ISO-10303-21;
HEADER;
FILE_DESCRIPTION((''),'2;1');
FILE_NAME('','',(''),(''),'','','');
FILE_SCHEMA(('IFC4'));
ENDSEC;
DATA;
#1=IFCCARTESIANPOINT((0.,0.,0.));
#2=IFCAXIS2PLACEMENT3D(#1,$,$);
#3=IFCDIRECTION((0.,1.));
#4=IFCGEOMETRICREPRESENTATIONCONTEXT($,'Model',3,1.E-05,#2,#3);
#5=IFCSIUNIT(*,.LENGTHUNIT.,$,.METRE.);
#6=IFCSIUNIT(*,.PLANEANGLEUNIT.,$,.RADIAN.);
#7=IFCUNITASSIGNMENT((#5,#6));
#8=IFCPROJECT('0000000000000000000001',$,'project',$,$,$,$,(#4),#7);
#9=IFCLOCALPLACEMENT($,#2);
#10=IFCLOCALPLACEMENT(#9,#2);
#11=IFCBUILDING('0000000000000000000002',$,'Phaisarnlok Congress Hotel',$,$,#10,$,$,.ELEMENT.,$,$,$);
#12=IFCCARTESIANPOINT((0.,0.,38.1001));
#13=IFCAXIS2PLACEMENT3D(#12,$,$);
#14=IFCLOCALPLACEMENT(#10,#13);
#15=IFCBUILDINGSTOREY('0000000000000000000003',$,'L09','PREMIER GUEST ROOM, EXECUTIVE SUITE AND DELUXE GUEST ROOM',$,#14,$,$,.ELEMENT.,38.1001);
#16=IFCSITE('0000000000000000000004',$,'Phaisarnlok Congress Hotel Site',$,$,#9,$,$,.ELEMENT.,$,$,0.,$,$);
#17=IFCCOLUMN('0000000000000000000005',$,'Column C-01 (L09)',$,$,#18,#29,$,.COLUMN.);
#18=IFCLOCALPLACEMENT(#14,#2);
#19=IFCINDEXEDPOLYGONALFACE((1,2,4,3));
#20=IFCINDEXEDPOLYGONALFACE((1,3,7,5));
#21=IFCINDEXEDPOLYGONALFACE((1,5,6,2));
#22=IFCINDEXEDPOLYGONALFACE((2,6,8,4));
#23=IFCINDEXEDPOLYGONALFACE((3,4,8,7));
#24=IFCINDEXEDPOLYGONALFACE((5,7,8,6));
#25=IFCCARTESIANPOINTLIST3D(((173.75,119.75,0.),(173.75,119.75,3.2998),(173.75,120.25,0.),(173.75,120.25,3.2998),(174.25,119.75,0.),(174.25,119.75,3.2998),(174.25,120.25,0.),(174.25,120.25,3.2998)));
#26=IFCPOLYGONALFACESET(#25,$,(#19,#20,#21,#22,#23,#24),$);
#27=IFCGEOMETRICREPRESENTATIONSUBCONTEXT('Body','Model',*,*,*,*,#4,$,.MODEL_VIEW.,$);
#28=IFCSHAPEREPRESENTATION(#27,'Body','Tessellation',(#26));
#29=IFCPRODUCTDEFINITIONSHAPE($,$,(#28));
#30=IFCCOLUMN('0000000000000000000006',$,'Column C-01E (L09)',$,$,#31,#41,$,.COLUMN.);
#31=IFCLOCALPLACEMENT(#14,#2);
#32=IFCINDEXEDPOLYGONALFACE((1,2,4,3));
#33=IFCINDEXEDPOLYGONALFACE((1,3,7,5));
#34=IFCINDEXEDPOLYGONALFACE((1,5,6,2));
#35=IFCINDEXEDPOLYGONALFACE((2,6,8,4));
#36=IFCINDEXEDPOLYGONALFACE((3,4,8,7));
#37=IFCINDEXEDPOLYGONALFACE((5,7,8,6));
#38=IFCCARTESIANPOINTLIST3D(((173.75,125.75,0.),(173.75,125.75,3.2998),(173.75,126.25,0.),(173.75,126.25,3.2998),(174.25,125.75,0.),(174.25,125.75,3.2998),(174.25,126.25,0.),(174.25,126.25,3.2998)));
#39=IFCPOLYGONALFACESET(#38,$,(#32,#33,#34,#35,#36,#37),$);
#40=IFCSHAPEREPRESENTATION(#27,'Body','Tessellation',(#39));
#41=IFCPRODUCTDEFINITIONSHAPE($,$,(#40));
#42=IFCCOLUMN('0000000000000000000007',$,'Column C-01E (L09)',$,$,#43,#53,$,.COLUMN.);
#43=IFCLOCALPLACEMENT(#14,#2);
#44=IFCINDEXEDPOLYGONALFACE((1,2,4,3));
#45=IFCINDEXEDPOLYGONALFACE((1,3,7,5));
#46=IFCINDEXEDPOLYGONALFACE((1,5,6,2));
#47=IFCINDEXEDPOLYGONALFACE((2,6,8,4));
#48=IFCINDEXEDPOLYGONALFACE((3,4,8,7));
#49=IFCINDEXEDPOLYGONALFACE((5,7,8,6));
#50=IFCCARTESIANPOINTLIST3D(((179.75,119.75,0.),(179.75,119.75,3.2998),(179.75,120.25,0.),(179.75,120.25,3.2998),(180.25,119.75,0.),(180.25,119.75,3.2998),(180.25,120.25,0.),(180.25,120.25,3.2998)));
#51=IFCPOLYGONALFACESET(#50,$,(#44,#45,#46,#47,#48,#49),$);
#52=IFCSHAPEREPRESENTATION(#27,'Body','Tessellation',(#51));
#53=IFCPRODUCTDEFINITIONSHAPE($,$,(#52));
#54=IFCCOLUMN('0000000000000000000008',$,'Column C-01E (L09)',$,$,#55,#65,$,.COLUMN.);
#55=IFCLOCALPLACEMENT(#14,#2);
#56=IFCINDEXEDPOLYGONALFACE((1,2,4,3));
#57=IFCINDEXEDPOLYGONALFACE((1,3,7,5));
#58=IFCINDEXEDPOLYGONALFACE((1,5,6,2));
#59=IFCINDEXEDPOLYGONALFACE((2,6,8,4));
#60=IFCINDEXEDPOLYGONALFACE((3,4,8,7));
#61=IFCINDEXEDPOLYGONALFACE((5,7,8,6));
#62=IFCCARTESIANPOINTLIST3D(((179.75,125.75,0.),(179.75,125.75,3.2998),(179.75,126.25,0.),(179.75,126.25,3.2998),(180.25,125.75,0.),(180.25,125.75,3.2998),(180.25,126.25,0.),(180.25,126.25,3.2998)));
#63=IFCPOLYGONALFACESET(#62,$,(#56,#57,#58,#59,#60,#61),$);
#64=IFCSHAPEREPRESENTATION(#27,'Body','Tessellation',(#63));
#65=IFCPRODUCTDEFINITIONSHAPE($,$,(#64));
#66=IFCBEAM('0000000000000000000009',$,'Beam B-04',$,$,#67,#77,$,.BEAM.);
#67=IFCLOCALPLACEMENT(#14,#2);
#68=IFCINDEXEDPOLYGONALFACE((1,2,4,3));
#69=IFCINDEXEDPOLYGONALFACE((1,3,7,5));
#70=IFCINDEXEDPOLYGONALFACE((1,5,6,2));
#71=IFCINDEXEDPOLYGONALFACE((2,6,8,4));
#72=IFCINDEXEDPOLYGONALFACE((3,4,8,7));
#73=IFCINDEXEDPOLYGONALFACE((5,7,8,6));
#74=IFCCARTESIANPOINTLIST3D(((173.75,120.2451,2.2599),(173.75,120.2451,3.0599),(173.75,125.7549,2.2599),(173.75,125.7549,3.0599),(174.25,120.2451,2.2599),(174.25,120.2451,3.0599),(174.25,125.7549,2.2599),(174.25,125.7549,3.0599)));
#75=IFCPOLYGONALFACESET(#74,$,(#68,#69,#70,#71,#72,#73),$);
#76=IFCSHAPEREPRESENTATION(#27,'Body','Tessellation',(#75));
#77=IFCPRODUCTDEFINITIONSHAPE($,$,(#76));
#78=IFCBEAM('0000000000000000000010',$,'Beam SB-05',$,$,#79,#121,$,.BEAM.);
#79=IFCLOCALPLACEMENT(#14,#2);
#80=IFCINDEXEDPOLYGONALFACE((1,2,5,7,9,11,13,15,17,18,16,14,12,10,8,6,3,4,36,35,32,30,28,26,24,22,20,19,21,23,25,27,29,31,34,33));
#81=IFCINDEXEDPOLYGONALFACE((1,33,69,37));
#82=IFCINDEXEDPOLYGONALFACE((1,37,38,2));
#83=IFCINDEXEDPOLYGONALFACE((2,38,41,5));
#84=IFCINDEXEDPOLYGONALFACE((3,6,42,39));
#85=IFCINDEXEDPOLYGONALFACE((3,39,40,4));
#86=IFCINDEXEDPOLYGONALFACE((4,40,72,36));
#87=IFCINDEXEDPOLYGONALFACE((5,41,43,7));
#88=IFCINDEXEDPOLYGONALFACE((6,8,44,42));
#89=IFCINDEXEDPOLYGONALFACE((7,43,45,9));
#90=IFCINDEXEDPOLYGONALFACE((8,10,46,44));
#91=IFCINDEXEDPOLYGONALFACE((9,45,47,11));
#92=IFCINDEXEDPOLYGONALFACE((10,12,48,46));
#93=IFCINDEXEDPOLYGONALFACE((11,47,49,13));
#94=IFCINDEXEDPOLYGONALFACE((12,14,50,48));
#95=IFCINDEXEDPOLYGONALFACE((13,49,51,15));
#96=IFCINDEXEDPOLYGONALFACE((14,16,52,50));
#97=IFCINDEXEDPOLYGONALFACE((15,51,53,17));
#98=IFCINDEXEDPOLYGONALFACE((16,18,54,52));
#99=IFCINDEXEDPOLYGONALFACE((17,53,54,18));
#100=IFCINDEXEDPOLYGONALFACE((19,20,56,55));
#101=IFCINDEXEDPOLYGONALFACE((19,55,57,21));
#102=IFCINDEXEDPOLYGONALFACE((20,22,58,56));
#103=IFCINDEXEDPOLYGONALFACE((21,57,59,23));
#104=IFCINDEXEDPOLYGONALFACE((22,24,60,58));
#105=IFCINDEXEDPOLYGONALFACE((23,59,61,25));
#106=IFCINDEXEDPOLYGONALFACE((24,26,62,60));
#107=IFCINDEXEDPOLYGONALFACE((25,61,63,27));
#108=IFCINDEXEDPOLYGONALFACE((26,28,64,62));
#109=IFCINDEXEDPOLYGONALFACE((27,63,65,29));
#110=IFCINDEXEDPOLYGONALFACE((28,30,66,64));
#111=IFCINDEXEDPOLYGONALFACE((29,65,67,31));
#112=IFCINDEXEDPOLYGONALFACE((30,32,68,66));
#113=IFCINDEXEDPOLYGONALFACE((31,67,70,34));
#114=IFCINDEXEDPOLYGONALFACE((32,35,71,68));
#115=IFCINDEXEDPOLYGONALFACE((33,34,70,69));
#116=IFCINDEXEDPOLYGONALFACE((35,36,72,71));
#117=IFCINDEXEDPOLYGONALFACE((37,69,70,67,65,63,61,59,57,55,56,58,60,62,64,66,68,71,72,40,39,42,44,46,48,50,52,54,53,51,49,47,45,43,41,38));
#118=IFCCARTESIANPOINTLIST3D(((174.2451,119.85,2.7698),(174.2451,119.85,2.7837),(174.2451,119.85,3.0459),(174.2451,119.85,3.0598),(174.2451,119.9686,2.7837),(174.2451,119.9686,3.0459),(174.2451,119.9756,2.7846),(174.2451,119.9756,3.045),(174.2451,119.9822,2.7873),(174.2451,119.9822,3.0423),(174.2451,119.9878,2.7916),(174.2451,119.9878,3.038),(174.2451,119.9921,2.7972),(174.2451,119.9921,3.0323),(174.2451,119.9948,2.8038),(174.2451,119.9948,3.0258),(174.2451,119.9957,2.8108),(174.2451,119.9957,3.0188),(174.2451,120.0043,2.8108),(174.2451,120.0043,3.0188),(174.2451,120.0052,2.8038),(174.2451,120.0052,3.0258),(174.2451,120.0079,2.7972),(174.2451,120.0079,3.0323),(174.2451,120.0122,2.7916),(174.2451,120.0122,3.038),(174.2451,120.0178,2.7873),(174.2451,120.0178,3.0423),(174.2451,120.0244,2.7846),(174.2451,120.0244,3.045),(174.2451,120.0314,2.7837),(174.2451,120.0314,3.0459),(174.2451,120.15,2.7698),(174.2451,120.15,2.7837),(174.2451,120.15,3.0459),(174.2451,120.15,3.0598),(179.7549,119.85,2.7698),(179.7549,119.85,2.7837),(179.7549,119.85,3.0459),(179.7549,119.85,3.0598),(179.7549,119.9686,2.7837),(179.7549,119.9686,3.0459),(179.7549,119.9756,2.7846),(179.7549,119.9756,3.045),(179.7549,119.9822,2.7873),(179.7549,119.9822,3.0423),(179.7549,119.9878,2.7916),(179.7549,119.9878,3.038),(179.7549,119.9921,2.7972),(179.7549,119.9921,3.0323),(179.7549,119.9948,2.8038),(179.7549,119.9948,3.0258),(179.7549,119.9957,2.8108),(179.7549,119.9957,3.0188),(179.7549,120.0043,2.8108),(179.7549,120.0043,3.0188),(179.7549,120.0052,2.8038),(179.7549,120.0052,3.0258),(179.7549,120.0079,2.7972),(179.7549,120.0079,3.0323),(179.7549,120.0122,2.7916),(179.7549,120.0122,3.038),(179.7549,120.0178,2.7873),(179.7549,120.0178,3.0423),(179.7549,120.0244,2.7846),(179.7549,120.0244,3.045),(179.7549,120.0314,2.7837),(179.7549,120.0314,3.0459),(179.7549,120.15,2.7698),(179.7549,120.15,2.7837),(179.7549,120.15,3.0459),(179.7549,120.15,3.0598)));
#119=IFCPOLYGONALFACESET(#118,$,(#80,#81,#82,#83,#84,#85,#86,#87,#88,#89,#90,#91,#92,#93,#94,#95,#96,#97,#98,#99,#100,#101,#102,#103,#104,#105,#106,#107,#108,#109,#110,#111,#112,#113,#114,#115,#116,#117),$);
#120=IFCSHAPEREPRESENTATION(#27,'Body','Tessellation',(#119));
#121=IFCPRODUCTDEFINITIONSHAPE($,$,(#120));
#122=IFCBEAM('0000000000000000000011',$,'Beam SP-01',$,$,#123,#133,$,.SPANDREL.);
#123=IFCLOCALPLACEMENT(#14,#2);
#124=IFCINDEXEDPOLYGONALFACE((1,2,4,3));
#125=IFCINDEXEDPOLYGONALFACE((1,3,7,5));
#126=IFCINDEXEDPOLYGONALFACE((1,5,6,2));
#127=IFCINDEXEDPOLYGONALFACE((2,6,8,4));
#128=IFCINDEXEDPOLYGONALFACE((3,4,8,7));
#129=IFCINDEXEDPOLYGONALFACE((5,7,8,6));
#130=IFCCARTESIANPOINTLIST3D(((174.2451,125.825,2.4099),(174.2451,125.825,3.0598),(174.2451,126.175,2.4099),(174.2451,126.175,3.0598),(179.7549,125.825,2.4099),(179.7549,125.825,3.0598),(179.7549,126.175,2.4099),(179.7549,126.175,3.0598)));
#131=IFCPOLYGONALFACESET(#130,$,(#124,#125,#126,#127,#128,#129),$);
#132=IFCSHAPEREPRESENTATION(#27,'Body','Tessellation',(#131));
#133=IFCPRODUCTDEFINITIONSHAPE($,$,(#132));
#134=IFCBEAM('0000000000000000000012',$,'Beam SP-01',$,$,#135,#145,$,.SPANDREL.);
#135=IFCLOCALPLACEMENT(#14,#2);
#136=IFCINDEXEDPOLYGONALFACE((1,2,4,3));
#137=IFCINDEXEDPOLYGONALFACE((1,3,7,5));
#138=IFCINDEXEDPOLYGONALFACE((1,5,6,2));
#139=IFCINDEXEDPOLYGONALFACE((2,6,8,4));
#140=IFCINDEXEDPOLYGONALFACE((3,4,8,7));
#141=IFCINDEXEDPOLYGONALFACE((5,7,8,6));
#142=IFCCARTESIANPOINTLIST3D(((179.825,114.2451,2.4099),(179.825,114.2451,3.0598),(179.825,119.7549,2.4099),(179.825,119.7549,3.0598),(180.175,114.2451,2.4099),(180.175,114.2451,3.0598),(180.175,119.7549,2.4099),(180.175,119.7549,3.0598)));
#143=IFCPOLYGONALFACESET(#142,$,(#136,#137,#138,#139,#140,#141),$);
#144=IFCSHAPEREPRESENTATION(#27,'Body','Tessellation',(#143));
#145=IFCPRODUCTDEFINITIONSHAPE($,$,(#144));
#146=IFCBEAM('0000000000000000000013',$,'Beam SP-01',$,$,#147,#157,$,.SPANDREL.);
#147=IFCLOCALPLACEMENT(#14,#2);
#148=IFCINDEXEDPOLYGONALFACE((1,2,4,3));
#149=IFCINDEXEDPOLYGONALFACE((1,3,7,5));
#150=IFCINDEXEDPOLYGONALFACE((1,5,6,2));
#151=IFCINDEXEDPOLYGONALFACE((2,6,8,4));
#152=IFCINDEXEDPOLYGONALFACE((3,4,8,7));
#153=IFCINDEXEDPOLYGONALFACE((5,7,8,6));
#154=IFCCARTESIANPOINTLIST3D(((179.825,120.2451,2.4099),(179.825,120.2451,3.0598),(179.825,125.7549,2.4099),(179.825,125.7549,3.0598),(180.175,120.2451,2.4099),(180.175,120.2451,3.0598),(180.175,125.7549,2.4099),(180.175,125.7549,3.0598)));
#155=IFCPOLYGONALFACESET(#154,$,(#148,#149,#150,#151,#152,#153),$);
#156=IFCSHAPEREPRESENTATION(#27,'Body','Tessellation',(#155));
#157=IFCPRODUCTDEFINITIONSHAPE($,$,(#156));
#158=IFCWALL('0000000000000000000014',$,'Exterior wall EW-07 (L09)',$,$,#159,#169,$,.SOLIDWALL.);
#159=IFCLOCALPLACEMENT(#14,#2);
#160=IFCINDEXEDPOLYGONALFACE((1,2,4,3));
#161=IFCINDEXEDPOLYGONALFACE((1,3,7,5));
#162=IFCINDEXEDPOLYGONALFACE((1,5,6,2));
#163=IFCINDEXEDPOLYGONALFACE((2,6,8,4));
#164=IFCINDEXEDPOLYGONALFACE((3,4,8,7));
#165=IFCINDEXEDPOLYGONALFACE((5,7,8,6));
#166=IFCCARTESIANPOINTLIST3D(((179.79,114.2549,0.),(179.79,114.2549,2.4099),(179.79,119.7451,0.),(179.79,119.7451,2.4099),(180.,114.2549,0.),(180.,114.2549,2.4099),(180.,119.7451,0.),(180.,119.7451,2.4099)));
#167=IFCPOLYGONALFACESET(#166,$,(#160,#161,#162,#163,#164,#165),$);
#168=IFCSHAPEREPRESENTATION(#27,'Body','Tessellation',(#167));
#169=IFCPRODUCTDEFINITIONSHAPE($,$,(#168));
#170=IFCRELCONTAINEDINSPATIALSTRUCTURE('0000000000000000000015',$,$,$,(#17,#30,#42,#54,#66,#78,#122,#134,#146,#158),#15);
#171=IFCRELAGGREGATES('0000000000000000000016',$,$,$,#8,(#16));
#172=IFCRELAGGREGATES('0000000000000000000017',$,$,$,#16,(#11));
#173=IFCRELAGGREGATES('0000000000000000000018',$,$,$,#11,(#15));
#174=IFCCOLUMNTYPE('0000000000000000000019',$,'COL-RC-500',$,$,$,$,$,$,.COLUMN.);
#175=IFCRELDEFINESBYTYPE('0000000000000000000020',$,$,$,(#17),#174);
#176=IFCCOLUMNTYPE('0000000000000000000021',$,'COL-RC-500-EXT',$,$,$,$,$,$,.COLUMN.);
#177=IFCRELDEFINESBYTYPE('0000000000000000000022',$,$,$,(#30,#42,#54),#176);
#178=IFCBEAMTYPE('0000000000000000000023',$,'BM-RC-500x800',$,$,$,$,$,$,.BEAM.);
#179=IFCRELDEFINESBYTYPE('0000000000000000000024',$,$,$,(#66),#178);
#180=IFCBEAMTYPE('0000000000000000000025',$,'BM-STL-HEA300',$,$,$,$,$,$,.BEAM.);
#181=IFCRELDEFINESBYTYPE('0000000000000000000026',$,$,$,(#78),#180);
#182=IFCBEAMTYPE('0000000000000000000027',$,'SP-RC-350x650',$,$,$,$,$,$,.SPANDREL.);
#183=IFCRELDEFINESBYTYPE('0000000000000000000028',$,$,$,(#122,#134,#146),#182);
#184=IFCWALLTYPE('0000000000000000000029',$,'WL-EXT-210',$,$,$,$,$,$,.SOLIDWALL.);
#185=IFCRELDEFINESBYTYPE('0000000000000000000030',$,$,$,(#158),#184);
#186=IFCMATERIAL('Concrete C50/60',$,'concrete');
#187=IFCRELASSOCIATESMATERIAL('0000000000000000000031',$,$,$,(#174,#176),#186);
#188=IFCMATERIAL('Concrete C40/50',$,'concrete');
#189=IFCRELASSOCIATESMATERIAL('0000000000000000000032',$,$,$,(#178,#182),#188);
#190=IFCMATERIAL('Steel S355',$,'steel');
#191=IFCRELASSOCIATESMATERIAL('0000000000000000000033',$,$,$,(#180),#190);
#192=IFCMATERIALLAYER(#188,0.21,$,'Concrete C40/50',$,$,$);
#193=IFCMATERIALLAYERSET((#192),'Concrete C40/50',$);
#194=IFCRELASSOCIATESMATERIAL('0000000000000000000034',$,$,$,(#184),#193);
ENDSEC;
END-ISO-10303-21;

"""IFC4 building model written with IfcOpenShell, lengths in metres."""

from ifc_helpers import new_model, si_unit, direction, frame, frame_2d, origin, origin_2d, place, context, subcontext, project, spatial, rectangle, i_section, extrude, material, layer, layer_set, material_profile, profile_set, type_object, element, save


model = new_model("IFC4")

# Units and contexts
model_context = context("Model", 3, precision=1e-05, world=origin(), true_north=direction((0.0, 1.0)))
body_context = subcontext(model_context, "Body", "Model", "MODEL_VIEW")
ifc_project = project(units=[si_unit("LENGTHUNIT", "METRE"), si_unit("PLANEANGLEUNIT", "RADIAN")], contexts=[model_context])

# Site, building, storey
site_placement = place(None, origin())
site = spatial("IfcSite", under=ifc_project, at=site_placement, Name="Phaisarnlok Congress Hotel Site", CompositionType="ELEMENT", RefElevation=0.0)
building_placement = place(site_placement, origin())
building = spatial("IfcBuilding", under=site, at=building_placement, Name="Phaisarnlok Congress Hotel", CompositionType="ELEMENT")
storey_placement = place(building_placement, frame((0.0, 0.0, 38.1001)))
storey = spatial("IfcBuildingStorey", under=building, at=storey_placement, Name="L09", Description="PREMIER GUEST ROOM, EXECUTIVE SUITE AND DELUXE GUEST ROOM", CompositionType="ELEMENT", Elevation=38.1001)

# Columns
ifc_material_1 = material(Name="Concrete C50/60", Category="concrete")
ifc_material_profile_1 = material_profile(ifc_material_1, rectangle(XDim=0.5, YDim=0.5, at=origin_2d()), Name="RC 500x500")
ifc_profile_set_1 = profile_set([ifc_material_profile_1], Name="Concrete C50/60")
column_type_1 = type_object("IfcColumnType", Name="COL-RC-500", PredefinedType="COLUMN", material=ifc_profile_set_1)
column_placement = place(storey_placement, frame((174.0, 120.0, 0.0), z_axis=(0.0, 0.0, 1.0), x_axis=(1.0, 0.0, 0.0)))
element("IfcColumn", 1, at=column_placement, inside=storey, type_object=column_type_1, Name="Column C-01 (L09)", PredefinedType="COLUMN", context=body_context, shape_type="SweptSolid", body=[
    extrude(rectangle(XDim=0.5, YDim=0.5, at=origin_2d()), origin(), (0.0, 0.0, 1.0), 3.2998),
])
ifc_material_profile_2 = material_profile(ifc_material_1, rectangle(XDim=0.5, YDim=0.5, at=origin_2d()), Name="RC 500x500")
ifc_profile_set_2 = profile_set([ifc_material_profile_2], Name="Concrete C50/60")
column_type_2 = type_object("IfcColumnType", Name="COL-RC-500-EXT", PredefinedType="COLUMN", material=ifc_profile_set_2)
for number, where, z_axis, x_axis, name in (
    (2, (174.0, 126.0, 0.0), (0.0, 0.0, 1.0), (1.0, 0.0, 0.0), "Column C-01E (L09)"),
    (3, (180.0, 120.0, 0.0), (0.0, 0.0, 1.0), (1.0, 0.0, 0.0), "Column C-01E (L09)"),
    (4, (180.0, 126.0, 0.0), (0.0, 0.0, 1.0), (1.0, 0.0, 0.0), "Column C-01E (L09)"),
):
    element("IfcColumn", number, at=place(storey_placement, frame(where, z_axis=z_axis, x_axis=x_axis)), inside=storey, type_object=column_type_2, Name=name, PredefinedType="COLUMN", context=body_context, shape_type="SweptSolid", body=[
        extrude(rectangle(XDim=0.5, YDim=0.5, at=origin_2d()), origin(), (0.0, 0.0, 1.0), 3.2998),
    ])

# Beams
ifc_material_2 = material(Name="Concrete C40/50", Category="concrete")
ifc_material_profile_3 = material_profile(ifc_material_2, rectangle(XDim=0.5, YDim=0.8, at=origin_2d()), Name="RC 500x800")
ifc_profile_set_3 = profile_set([ifc_material_profile_3], Name="Concrete C40/50")
beam_type_1 = type_object("IfcBeamType", Name="BM-RC-500x800", PredefinedType="BEAM", material=ifc_profile_set_3)
beam_1_placement = place(storey_placement, frame((174.0, 120.2451, 2.6599), z_axis=(0.0, 1.0, 0.0), x_axis=(-1.0, 0.0, 0.0)))
element("IfcBeam", 5, at=beam_1_placement, inside=storey, type_object=beam_type_1, Name="Beam B-04", PredefinedType="BEAM", context=body_context, shape_type="SweptSolid", body=[
    extrude(rectangle(XDim=0.5, YDim=0.8, at=origin_2d()), origin(), (0.0, 0.0, 1.0), 5.5098),
])
ifc_material_3 = material(Name="Steel S355", Category="steel")
ifc_material_profile_4 = material_profile(ifc_material_3, i_section(OverallWidth=0.3, OverallDepth=0.29, WebThickness=0.0085, FlangeThickness=0.0139, FilletRadius=0.0271, at=origin_2d()), Name="HEA 300")
ifc_profile_set_4 = profile_set([ifc_material_profile_4], Name="Steel S355")
beam_type_2 = type_object("IfcBeamType", Name="BM-STL-HEA300", PredefinedType="BEAM", material=ifc_profile_set_4)
beam_2_placement = place(storey_placement, frame((174.2451, 120.0, 2.9148), z_axis=(1.0, 0.0, 0.0), x_axis=(0.0, 1.0, 0.0)))
element("IfcBeam", 6, at=beam_2_placement, inside=storey, type_object=beam_type_2, Name="Beam SB-05", PredefinedType="BEAM", context=body_context, shape_type="SweptSolid", body=[
    extrude(i_section(OverallWidth=0.3, OverallDepth=0.29, WebThickness=0.0085, FlangeThickness=0.0139, FilletRadius=0.0271, at=origin_2d()), origin(), (0.0, 0.0, 1.0), 5.5098),
])
ifc_material_profile_5 = material_profile(ifc_material_2, rectangle(XDim=0.3501, YDim=0.6499, at=origin_2d()), Name="RC 350x650")
ifc_profile_set_5 = profile_set([ifc_material_profile_5], Name="Concrete C40/50")
beam_type_3 = type_object("IfcBeamType", Name="SP-RC-350x650", PredefinedType="SPANDREL", material=ifc_profile_set_5)
for number, where, z_axis, x_axis, name in (
    (7, (174.2451, 126.0, 2.7349), (1.0, 0.0, 0.0), (0.0, 1.0, 0.0), "Beam SP-01"),
    (8, (180.0, 114.2451, 2.7349), (0.0, 1.0, 0.0), (-1.0, 0.0, 0.0), "Beam SP-01"),
    (9, (180.0, 120.2451, 2.7349), (0.0, 1.0, 0.0), (-1.0, 0.0, 0.0), "Beam SP-01"),
):
    element("IfcBeam", number, at=place(storey_placement, frame(where, z_axis=z_axis, x_axis=x_axis)), inside=storey, type_object=beam_type_3, Name=name, PredefinedType="SPANDREL", context=body_context, shape_type="SweptSolid", body=[
        extrude(rectangle(XDim=0.3501, YDim=0.6499, at=origin_2d()), origin(), (0.0, 0.0, 1.0), 5.5098),
    ])

# Wall
ifc_layer_1 = layer(ifc_material_2, 0.21, Name="Concrete C40/50")
ifc_layer_set_1 = layer_set([ifc_layer_1], Name="Concrete C40/50")
wall_type_1 = type_object("IfcWallType", Name="WL-EXT-210", PredefinedType="SOLIDWALL", material=ifc_layer_set_1)
wall_1_placement = place(storey_placement, frame((179.895, 114.2549, 0.0), z_axis=(0.0, 0.0, 1.0), x_axis=(0.0, 1.0, 0.0)))
element("IfcWall", 10, at=wall_1_placement, inside=storey, type_object=wall_type_1, Name="Exterior wall EW-07 (L09)", PredefinedType="SOLIDWALL", context=body_context, shape_type="SweptSolid", body=[
    extrude(rectangle(XDim=5.4902, YDim=0.21, at=frame_2d((2.7451, 0.0))), origin(), (0.0, 0.0, 1.0), 2.4099),
])

save(model, "model.ifc")
